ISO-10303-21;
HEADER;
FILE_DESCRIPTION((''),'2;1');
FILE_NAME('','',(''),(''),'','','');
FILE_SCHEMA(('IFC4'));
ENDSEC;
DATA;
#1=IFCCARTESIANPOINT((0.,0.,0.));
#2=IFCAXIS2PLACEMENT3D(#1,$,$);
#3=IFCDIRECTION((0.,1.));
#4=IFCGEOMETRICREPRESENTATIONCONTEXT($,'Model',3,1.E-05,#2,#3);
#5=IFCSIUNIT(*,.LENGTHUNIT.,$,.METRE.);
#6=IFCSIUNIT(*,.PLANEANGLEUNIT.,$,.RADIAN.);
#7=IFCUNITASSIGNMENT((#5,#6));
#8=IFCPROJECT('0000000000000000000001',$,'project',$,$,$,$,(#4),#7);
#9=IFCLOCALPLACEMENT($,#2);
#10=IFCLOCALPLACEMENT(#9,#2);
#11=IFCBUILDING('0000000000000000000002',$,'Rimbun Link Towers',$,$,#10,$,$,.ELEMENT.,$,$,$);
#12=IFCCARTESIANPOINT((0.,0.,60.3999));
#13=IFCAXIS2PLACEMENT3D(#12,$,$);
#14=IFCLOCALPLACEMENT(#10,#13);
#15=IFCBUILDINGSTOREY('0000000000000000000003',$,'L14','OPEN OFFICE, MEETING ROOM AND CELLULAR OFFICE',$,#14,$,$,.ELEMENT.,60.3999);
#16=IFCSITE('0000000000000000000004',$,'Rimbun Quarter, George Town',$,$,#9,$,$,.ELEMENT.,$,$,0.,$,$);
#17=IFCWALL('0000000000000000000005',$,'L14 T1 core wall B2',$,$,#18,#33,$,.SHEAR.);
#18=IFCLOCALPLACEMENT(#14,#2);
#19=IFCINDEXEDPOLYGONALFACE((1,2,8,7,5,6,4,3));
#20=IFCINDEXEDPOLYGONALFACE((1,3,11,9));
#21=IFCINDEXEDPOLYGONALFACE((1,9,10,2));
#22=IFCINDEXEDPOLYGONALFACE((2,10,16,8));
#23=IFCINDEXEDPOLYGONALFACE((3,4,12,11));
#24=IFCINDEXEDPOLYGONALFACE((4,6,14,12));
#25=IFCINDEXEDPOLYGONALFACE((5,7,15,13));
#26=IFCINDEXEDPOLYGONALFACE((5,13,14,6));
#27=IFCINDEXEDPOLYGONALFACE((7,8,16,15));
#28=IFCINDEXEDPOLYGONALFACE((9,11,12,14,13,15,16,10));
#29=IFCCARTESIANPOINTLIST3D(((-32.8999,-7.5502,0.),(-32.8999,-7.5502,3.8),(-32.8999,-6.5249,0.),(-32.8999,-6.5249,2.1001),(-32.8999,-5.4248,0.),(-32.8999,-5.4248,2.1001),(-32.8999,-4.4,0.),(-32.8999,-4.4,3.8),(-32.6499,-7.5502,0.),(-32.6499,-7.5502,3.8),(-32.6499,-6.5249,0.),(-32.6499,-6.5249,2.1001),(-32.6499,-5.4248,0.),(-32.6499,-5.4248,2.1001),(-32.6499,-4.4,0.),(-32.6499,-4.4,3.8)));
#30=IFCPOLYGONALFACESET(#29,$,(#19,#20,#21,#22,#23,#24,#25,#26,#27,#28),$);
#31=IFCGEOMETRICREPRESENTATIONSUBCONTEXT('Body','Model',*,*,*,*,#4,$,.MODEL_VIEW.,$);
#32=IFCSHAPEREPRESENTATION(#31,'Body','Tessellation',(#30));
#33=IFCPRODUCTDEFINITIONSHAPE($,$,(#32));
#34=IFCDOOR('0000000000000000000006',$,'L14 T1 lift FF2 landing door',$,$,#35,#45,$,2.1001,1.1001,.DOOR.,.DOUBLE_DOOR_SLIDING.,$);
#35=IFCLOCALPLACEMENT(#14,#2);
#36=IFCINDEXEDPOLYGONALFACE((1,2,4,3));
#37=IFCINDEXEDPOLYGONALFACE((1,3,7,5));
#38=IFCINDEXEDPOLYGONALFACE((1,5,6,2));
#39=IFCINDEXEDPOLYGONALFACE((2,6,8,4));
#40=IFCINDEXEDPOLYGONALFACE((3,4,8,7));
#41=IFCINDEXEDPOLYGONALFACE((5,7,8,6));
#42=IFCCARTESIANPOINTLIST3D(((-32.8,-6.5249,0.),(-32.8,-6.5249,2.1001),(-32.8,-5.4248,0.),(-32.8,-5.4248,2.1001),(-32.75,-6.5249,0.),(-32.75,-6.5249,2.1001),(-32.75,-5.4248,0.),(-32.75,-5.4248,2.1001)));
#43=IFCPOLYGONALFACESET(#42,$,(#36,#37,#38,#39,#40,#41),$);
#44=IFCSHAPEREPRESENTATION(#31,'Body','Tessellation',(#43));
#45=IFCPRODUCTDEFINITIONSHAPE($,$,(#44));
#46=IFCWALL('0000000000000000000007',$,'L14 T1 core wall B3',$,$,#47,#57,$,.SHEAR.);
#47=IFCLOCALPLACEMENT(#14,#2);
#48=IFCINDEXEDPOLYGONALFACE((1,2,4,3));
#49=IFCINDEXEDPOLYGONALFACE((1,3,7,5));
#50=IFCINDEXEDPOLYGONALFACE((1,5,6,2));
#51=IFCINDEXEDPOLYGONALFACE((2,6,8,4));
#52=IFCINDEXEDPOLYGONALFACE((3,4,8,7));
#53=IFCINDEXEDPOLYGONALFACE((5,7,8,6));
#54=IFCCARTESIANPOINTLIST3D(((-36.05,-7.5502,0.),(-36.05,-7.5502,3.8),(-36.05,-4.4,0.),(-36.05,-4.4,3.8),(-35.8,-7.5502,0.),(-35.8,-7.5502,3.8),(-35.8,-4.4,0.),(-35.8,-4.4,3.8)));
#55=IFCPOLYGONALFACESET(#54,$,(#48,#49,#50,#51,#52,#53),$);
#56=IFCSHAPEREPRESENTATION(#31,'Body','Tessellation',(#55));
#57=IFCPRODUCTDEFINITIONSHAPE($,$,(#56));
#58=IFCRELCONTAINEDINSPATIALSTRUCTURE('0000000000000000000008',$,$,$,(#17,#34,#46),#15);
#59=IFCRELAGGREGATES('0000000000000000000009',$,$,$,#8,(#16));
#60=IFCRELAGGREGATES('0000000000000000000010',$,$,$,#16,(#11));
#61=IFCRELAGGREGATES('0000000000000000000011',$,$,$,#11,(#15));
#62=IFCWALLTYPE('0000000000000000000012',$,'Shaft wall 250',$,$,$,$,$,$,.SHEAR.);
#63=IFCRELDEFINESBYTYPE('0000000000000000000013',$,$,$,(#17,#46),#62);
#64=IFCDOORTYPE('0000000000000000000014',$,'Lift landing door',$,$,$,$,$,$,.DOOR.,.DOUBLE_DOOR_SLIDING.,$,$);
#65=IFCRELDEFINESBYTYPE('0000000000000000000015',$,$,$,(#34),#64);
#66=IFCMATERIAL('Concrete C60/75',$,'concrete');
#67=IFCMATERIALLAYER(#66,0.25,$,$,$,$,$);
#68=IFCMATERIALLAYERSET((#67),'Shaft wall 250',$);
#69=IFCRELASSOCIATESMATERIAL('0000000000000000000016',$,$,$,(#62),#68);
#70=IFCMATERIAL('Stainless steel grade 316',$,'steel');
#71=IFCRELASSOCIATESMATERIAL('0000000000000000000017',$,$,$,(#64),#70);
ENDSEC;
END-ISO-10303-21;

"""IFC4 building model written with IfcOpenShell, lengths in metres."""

from ifc_helpers import new_model, si_unit, direction, frame, frame_2d, origin, place, context, subcontext, project, spatial, rectangle, extrude, material, layer, layer_set, type_object, element, fill, save


model = new_model("IFC4")

# Units and contexts
model_context = context("Model", 3, precision=1e-05, world=origin(), true_north=direction((0.0, 1.0)))
body_context = subcontext(model_context, "Body", "Model", "MODEL_VIEW")
ifc_project = project(units=[si_unit("LENGTHUNIT", "METRE"), si_unit("PLANEANGLEUNIT", "RADIAN")], contexts=[model_context])

# Site, building, storey
site_placement = place(None, origin())
site = spatial("IfcSite", under=ifc_project, at=site_placement, Name="Rimbun Quarter, George Town", CompositionType="ELEMENT", RefElevation=0.0)
building_placement = place(site_placement, origin())
building = spatial("IfcBuilding", under=site, at=building_placement, Name="Rimbun Link Towers", CompositionType="ELEMENT")
storey_placement = place(building_placement, frame((0.0, 0.0, 60.3999)))
storey = spatial("IfcBuildingStorey", under=building, at=storey_placement, Name="L14", Description="OPEN OFFICE, MEETING ROOM AND CELLULAR OFFICE", CompositionType="ELEMENT", Elevation=60.3999)

# Shared definitions
ifc_material_1 = material(Name="Concrete C60/75", Category="concrete")
ifc_layer_1 = layer(ifc_material_1, 0.25)
ifc_layer_set_1 = layer_set([ifc_layer_1], Name="Shaft wall 250")
wall_type_1 = type_object("IfcWallType", Name="Shaft wall 250", PredefinedType="SHEAR", material=ifc_layer_set_1)

# Wall, opening, door
wall_1_placement = place(storey_placement, frame((-32.7749, -4.3999, 0.0), z_axis=(0.0, 0.0, 1.0), x_axis=(0.0, -1.0, 0.0)))
wall_1 = element("IfcWall", 1, at=wall_1_placement, inside=storey, type_object=wall_type_1, Name="L14 T1 core wall B2", PredefinedType="SHEAR", context=body_context, shape_type="SweptSolid", body=[
    extrude(rectangle(XDim=3.1501, YDim=0.25, at=frame_2d((1.5752, 0.0))), origin(), (0.0, 0.0, 1.0), 3.8),
])
opening_1_placement = place(wall_1_placement, frame((1.0249, 0.0, 0.0)))
opening_1 = element("IfcOpeningElement", 2, at=opening_1_placement, cuts=wall_1, PredefinedType="OPENING", context=body_context, shape_type="SweptSolid", body=[
    extrude(rectangle(XDim=1.1001, YDim=2.1001, at=frame_2d((0.55, 1.05))), frame((0.0, 0.135, 0.0), z_axis=(0.0, -1.0, 0.0), x_axis=(1.0, 0.0, 0.0)), (0.0, 0.0, 1.0), 0.27),
])
ifc_material_2 = material(Name="Stainless steel grade 316", Category="steel")
door_type_1 = type_object("IfcDoorType", Name="Lift landing door", OperationType="DOUBLE_DOOR_SLIDING", PredefinedType="DOOR", material=ifc_material_2)
door_1_placement = place(opening_1_placement, origin())
door_1 = element("IfcDoor", 3, at=door_1_placement, inside=storey, type_object=door_type_1, Name="L14 T1 lift FF2 landing door", OperationType="DOUBLE_DOOR_SLIDING", OverallHeight=2.1001, OverallWidth=1.1001, PredefinedType="DOOR", context=body_context, shape_type="SweptSolid", body=[
    extrude(rectangle(XDim=1.1001, YDim=2.1001, at=frame_2d((0.55, 1.05))), frame((0.0, 0.0249, 0.0), z_axis=(0.0, -1.0, 0.0), x_axis=(1.0, 0.0, 0.0)), (0.0, 0.0, 1.0), 0.05),
])
fill(opening_1, door_1)

# Wall
wall_2_placement = place(storey_placement, frame((-35.925, -4.3999, 0.0), z_axis=(0.0, 0.0, 1.0), x_axis=(0.0, -1.0, 0.0)))
element("IfcWall", 4, at=wall_2_placement, inside=storey, type_object=wall_type_1, Name="L14 T1 core wall B3", PredefinedType="SHEAR", context=body_context, shape_type="SweptSolid", body=[
    extrude(rectangle(XDim=3.1501, YDim=0.25, at=frame_2d((1.5752, 0.0))), origin(), (0.0, 0.0, 1.0), 3.8),
])

save(model, "model.ifc")
